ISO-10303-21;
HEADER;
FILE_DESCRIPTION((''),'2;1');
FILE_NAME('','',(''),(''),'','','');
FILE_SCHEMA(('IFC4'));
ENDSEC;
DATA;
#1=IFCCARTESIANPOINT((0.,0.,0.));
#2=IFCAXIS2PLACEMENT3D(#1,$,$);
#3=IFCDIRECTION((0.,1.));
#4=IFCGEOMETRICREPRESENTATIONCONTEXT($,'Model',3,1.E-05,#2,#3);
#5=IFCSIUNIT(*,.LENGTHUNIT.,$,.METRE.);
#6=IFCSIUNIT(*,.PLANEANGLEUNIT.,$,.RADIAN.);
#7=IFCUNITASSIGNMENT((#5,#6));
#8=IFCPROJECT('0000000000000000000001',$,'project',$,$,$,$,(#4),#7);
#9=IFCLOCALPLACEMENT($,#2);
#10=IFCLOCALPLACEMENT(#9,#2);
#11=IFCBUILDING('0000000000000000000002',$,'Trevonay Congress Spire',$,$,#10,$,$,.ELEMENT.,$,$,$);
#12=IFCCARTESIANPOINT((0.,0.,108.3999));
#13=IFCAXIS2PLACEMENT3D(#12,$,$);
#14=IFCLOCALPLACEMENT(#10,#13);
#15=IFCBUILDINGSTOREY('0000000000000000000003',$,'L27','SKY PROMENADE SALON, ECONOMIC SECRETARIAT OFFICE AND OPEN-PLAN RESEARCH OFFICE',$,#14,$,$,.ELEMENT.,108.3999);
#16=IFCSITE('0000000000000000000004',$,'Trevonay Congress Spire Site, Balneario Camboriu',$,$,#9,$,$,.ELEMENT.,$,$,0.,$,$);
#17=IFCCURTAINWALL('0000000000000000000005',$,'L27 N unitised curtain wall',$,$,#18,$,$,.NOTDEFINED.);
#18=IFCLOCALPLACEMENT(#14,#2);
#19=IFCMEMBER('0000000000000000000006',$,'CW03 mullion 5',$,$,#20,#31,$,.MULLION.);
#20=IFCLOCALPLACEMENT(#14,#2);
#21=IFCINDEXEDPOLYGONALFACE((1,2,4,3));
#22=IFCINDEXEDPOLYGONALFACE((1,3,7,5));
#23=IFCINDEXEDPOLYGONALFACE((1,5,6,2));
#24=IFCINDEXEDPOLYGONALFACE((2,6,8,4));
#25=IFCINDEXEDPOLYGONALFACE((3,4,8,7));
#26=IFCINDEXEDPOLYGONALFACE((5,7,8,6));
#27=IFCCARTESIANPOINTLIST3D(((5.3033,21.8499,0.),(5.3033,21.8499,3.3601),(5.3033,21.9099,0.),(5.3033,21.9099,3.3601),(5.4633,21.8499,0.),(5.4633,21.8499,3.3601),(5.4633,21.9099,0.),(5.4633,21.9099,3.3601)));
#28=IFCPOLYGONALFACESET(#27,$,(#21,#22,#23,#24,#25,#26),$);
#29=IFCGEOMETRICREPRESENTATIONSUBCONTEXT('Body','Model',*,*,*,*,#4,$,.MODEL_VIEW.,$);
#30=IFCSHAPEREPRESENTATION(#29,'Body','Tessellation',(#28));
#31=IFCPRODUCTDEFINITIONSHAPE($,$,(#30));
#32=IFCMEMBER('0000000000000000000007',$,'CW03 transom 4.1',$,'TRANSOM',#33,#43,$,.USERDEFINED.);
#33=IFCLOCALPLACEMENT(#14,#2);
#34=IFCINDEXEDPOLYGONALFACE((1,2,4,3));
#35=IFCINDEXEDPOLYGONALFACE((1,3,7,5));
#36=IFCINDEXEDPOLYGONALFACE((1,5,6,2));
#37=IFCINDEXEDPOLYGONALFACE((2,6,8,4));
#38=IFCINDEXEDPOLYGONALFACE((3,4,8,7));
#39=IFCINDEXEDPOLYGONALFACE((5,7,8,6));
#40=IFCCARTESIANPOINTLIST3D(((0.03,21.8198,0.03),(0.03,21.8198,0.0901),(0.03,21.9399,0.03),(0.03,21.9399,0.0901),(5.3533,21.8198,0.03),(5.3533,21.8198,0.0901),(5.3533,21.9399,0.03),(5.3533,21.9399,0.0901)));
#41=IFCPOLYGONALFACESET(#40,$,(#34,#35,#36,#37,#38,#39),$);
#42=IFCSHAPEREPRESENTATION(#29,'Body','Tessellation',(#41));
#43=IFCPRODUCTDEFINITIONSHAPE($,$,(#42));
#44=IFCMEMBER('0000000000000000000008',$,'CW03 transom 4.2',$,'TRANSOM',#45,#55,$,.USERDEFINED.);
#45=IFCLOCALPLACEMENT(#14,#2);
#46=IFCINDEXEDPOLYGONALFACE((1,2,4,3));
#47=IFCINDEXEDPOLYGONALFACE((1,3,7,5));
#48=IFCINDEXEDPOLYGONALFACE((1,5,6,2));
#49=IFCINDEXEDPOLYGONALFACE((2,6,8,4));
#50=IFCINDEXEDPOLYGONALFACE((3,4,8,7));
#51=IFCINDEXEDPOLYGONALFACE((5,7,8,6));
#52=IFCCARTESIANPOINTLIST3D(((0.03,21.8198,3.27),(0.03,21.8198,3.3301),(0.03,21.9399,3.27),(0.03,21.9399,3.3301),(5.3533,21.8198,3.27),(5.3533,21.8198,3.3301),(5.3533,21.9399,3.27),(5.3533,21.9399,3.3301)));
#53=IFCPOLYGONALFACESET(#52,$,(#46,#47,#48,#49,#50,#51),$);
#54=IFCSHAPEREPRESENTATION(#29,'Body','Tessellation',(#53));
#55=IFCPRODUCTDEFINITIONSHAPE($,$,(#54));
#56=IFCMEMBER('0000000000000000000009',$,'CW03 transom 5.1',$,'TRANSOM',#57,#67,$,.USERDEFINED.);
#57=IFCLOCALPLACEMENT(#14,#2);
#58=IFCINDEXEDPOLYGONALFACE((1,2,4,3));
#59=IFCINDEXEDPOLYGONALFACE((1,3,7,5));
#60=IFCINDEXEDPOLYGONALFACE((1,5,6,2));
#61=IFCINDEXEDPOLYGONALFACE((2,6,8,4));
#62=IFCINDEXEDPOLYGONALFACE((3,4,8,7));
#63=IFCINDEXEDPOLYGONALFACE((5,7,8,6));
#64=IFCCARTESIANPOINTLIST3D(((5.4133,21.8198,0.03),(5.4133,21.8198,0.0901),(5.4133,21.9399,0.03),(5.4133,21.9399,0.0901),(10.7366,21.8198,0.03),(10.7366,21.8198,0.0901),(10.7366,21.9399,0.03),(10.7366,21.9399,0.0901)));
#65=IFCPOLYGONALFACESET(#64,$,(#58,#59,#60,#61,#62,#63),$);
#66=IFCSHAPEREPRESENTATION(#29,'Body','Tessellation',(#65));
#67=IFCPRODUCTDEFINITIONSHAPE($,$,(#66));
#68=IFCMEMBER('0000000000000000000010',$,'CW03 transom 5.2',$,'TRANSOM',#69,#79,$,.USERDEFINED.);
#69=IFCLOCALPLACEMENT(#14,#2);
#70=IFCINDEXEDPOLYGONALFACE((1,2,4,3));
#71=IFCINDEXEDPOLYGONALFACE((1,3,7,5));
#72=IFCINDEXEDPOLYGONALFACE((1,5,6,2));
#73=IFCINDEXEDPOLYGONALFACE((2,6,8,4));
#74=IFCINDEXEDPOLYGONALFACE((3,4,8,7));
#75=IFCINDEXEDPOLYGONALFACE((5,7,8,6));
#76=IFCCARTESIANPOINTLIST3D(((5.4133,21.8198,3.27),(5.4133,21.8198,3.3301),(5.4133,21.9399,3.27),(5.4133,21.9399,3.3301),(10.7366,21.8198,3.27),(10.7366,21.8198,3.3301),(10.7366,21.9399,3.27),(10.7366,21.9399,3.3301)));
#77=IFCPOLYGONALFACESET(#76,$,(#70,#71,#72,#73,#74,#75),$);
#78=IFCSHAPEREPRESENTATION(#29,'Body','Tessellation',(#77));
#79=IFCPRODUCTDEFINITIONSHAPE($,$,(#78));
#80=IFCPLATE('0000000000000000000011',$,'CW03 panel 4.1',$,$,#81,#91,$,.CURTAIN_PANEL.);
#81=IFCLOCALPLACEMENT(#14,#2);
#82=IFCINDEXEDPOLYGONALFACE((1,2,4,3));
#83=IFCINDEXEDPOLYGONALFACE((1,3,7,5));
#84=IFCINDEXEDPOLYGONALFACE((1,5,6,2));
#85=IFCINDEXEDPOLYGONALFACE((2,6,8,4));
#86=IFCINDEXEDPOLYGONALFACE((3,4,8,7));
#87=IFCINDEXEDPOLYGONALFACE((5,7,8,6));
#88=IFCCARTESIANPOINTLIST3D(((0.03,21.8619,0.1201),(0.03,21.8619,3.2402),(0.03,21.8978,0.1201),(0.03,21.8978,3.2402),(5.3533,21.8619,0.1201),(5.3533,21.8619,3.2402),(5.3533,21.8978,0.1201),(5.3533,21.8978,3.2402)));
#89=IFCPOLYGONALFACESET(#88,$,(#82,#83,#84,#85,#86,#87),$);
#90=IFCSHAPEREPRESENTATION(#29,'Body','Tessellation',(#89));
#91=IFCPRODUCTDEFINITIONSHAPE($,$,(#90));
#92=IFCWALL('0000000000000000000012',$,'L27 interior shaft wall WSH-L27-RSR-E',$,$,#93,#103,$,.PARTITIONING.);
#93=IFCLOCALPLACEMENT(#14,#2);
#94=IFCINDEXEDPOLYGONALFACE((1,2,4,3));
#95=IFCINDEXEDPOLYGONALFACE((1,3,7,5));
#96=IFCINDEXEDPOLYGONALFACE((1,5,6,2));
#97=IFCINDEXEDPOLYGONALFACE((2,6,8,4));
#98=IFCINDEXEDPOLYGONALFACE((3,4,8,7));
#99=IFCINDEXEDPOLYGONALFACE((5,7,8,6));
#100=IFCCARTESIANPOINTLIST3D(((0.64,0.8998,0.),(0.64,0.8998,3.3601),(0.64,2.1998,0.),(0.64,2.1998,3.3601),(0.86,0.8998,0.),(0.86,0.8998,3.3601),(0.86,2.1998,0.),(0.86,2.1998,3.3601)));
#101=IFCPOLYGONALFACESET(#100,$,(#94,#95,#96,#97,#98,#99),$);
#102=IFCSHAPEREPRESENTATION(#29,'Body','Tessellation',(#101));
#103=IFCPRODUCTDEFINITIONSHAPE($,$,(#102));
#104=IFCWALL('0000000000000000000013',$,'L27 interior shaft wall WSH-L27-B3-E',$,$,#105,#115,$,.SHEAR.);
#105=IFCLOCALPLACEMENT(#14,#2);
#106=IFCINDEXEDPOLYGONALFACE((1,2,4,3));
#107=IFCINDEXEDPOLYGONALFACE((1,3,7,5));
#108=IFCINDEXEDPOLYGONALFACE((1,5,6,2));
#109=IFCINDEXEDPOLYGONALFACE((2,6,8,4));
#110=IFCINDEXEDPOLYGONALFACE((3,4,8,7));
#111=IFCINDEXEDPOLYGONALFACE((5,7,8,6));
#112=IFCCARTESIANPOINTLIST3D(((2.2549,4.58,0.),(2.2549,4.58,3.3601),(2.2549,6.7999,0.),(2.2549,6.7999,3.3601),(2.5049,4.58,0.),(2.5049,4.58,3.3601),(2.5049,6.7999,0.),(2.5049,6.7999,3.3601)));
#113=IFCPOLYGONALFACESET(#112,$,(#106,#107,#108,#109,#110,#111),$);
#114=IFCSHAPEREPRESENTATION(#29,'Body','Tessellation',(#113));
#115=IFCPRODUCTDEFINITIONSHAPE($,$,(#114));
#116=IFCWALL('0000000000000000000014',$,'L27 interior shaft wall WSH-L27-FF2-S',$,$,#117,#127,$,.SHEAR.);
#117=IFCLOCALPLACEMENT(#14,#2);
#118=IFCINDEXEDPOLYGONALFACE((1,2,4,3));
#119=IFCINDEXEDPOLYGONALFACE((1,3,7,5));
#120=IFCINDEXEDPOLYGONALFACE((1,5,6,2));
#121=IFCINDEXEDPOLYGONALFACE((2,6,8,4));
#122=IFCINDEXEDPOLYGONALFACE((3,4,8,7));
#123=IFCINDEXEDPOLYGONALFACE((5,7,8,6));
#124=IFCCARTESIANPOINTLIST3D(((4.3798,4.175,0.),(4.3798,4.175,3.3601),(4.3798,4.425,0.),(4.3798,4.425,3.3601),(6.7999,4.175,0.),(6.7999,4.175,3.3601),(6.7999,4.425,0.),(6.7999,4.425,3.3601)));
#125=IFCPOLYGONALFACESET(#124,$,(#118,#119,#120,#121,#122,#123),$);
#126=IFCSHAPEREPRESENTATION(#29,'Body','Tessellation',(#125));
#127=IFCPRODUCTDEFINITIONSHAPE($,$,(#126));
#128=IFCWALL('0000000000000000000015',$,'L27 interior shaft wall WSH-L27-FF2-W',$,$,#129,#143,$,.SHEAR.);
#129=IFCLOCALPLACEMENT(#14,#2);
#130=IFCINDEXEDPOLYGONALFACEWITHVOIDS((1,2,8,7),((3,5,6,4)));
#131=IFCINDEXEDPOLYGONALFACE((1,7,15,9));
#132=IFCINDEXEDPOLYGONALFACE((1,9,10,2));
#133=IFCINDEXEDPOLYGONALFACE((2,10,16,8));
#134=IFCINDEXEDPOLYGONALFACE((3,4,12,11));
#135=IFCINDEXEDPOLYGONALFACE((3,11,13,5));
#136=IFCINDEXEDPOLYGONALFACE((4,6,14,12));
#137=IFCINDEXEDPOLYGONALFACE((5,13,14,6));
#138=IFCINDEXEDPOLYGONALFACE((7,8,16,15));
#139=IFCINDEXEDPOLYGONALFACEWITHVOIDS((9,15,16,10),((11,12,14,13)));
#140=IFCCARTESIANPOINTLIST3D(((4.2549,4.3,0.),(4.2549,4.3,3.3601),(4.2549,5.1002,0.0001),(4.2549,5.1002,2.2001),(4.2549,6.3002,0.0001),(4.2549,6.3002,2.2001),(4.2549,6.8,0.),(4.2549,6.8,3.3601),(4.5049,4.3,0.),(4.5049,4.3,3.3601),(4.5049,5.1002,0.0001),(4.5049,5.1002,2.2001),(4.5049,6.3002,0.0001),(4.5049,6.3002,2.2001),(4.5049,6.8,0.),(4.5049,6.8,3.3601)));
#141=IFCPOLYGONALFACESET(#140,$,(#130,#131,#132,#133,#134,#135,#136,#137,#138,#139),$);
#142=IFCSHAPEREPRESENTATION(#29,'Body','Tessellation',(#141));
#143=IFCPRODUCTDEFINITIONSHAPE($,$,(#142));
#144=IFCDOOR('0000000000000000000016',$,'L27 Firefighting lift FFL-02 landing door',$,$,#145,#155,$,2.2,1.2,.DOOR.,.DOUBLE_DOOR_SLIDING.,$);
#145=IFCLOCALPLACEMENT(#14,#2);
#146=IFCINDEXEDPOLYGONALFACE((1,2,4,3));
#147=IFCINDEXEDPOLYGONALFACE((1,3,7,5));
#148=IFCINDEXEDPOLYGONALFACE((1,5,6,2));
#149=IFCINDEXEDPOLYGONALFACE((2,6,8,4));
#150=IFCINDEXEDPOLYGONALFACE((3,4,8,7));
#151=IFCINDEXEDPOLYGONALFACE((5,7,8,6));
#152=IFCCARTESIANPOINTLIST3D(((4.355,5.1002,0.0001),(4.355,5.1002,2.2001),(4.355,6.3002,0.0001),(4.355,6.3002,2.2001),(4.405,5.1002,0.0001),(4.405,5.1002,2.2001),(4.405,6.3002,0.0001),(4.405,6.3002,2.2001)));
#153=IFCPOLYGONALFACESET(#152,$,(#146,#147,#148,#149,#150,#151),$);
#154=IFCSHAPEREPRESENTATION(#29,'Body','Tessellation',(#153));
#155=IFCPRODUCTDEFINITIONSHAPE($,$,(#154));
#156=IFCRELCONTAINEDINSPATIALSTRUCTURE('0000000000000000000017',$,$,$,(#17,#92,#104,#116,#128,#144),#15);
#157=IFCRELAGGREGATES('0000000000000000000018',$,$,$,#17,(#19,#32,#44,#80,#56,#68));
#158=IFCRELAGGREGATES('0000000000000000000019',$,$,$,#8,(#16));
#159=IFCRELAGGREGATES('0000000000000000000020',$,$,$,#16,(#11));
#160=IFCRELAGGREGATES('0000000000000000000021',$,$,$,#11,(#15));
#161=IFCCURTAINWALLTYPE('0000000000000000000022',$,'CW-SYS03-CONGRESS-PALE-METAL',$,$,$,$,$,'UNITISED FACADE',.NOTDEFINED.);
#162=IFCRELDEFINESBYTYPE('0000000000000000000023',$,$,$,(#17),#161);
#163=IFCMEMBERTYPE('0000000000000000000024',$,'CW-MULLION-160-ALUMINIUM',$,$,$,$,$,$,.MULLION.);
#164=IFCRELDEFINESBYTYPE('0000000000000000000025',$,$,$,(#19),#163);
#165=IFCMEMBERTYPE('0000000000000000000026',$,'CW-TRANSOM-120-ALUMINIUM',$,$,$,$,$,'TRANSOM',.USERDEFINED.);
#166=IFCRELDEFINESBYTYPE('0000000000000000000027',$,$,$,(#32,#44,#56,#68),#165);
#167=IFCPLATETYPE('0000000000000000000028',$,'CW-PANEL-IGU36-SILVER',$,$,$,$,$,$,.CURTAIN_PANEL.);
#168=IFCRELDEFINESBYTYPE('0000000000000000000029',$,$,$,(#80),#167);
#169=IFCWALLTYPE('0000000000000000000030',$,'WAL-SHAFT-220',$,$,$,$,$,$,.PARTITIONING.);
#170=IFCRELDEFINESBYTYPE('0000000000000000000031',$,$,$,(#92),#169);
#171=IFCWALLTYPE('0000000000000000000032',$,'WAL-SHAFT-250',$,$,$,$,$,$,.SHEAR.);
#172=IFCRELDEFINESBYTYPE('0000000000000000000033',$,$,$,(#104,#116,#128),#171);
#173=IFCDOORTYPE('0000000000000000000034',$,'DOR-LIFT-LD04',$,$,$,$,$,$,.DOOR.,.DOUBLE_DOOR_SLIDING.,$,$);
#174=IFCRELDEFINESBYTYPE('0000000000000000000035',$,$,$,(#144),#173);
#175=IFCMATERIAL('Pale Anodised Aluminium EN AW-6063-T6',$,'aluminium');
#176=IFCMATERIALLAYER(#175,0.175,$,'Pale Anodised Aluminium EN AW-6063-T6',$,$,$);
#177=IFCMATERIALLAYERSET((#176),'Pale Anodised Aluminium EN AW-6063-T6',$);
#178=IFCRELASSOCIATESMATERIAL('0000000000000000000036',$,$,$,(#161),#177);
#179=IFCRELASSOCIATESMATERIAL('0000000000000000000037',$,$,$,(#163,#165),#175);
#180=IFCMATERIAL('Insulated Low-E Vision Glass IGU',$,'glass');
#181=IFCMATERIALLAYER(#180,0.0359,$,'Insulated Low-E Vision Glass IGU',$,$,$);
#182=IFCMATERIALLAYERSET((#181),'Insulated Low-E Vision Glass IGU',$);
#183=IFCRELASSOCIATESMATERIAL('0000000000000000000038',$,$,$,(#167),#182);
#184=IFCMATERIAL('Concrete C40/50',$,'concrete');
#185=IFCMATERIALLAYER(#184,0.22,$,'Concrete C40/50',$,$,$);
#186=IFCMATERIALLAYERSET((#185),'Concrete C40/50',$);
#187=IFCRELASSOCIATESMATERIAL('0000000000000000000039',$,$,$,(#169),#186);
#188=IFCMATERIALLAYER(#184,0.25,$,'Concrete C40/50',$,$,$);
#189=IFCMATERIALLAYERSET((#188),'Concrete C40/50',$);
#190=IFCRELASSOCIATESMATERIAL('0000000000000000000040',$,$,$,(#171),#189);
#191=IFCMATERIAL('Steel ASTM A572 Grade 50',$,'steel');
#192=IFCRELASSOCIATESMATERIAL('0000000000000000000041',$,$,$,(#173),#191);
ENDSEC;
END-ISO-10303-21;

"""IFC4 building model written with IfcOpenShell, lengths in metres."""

from ifc_helpers import new_model, si_unit, direction, frame, frame_2d, origin, origin_2d, place, context, subcontext, project, spatial, rectangle, extrude, material, layer, layer_set, material_profile, profile_set, type_object, element, fill, aggregate, save


model = new_model("IFC4")

# Units and contexts
model_context = context("Model", 3, precision=1e-05, world=origin(), true_north=direction((0.0, 1.0)))
body_context = subcontext(model_context, "Body", "Model", "MODEL_VIEW")
ifc_project = project(units=[si_unit("LENGTHUNIT", "METRE"), si_unit("PLANEANGLEUNIT", "RADIAN")], contexts=[model_context])

# Site, building, storey
site_placement = place(None, origin())
site = spatial("IfcSite", under=ifc_project, at=site_placement, Name="Trevonay Congress Spire Site, Balneario Camboriu", CompositionType="ELEMENT", RefElevation=0.0)
building_placement = place(site_placement, origin())
building = spatial("IfcBuilding", under=site, at=building_placement, Name="Trevonay Congress Spire", CompositionType="ELEMENT")
storey_placement = place(building_placement, frame((0.0, 0.0, 108.3999)))
storey = spatial("IfcBuildingStorey", under=building, at=storey_placement, Name="L27", Description="SKY PROMENADE SALON, ECONOMIC SECRETARIAT OFFICE AND OPEN-PLAN RESEARCH OFFICE", CompositionType="ELEMENT", Elevation=108.3999)

# Shared definitions
ifc_material_1 = material(Name="Steel ASTM A572 Grade 50", Category="steel")

# Curtain wall, members, plate
ifc_material_2 = material(Name="Pale Anodised Aluminium EN AW-6063-T6", Category="aluminium")
ifc_layer_1 = layer(ifc_material_2, 0.175, Name="Pale Anodised Aluminium EN AW-6063-T6")
ifc_layer_set_1 = layer_set([ifc_layer_1], Name="Pale Anodised Aluminium EN AW-6063-T6")
curtain_wall_type = type_object("IfcCurtainWallType", Name="CW-SYS03-CONGRESS-PALE-METAL", ElementType="UNITISED FACADE", PredefinedType="NOTDEFINED", material=ifc_layer_set_1)
curtain_wall_placement = place(storey_placement, origin())
curtain_wall = element("IfcCurtainWall", 1, at=curtain_wall_placement, inside=storey, type_object=curtain_wall_type, Name="L27 N unitised curtain wall", PredefinedType="NOTDEFINED")
ifc_material_profile_1 = material_profile(ifc_material_2, rectangle(XDim=0.0601, YDim=0.1599, at=origin_2d()), Name="CW-MULLION-160-ALUMINIUM")
ifc_profile_set_1 = profile_set([ifc_material_profile_1], Name="Pale Anodised Aluminium EN AW-6063-T6")
member_type_1 = type_object("IfcMemberType", Name="CW-MULLION-160-ALUMINIUM", PredefinedType="MULLION", material=ifc_profile_set_1)
member_1_placement = place(storey_placement, frame((5.3833, 21.8799, 0.0), z_axis=(0.0, 0.0, 1.0), x_axis=(0.0, 1.0, 0.0)))
member_1 = element("IfcMember", 2, at=member_1_placement, type_object=member_type_1, Name="CW03 mullion 5", PredefinedType="MULLION", context=body_context, shape_type="SweptSolid", body=[
    extrude(rectangle(XDim=0.0601, YDim=0.1599, at=origin_2d()), origin(), (0.0, 0.0, 1.0), 3.3601),
])
ifc_material_profile_2 = material_profile(ifc_material_2, rectangle(XDim=0.1201, YDim=0.0601, at=origin_2d()), Name="CW-TRANSOM-120-ALUMINIUM")
ifc_profile_set_2 = profile_set([ifc_material_profile_2], Name="Pale Anodised Aluminium EN AW-6063-T6")
member_type_2 = type_object("IfcMemberType", Name="CW-TRANSOM-120-ALUMINIUM", ElementType="TRANSOM", PredefinedType="USERDEFINED", material=ifc_profile_set_2)
member_2_placement = place(storey_placement, frame((0.03, 21.8799, 0.0601), z_axis=(1.0, 0.0, 0.0), x_axis=(0.0, 1.0, 0.0)))
member_2 = element("IfcMember", 3, at=member_2_placement, type_object=member_type_2, Name="CW03 transom 4.1", ObjectType="TRANSOM", PredefinedType="USERDEFINED", context=body_context, shape_type="SweptSolid", body=[
    extrude(rectangle(XDim=0.1201, YDim=0.0601, at=origin_2d()), origin(), (0.0, 0.0, 1.0), 5.3232),
])
member_3_placement = place(storey_placement, frame((0.03, 21.8799, 3.3), z_axis=(1.0, 0.0, 0.0), x_axis=(0.0, 1.0, 0.0)))
member_3 = element("IfcMember", 4, at=member_3_placement, type_object=member_type_2, Name="CW03 transom 4.2", ObjectType="TRANSOM", PredefinedType="USERDEFINED", context=body_context, shape_type="SweptSolid", body=[
    extrude(rectangle(XDim=0.1201, YDim=0.0601, at=origin_2d()), origin(), (0.0, 0.0, 1.0), 5.3232),
])
member_4_placement = place(storey_placement, frame((5.4133, 21.8799, 0.0601), z_axis=(1.0, 0.0, 0.0), x_axis=(0.0, 1.0, 0.0)))
member_4 = element("IfcMember", 5, at=member_4_placement, type_object=member_type_2, Name="CW03 transom 5.1", ObjectType="TRANSOM", PredefinedType="USERDEFINED", context=body_context, shape_type="SweptSolid", body=[
    extrude(rectangle(XDim=0.1201, YDim=0.0601, at=origin_2d()), origin(), (0.0, 0.0, 1.0), 5.3232),
])
member_5_placement = place(storey_placement, frame((5.4133, 21.8799, 3.3), z_axis=(1.0, 0.0, 0.0), x_axis=(0.0, 1.0, 0.0)))
member_5 = element("IfcMember", 6, at=member_5_placement, type_object=member_type_2, Name="CW03 transom 5.2", ObjectType="TRANSOM", PredefinedType="USERDEFINED", context=body_context, shape_type="SweptSolid", body=[
    extrude(rectangle(XDim=0.1201, YDim=0.0601, at=origin_2d()), origin(), (0.0, 0.0, 1.0), 5.3232),
])
ifc_material_3 = material(Name="Insulated Low-E Vision Glass IGU", Category="glass")
ifc_layer_2 = layer(ifc_material_3, 0.0359, Name="Insulated Low-E Vision Glass IGU")
ifc_layer_set_2 = layer_set([ifc_layer_2], Name="Insulated Low-E Vision Glass IGU")
plate_type = type_object("IfcPlateType", Name="CW-PANEL-IGU36-SILVER", PredefinedType="CURTAIN_PANEL", material=ifc_layer_set_2)
plate_placement = place(storey_placement, frame((2.6917, 21.8799, 0.1201), z_axis=(0.0, 0.0, 1.0), x_axis=(1.0, 0.0, 0.0)))
plate = element("IfcPlate", 7, at=plate_placement, type_object=plate_type, Name="CW03 panel 4.1", PredefinedType="CURTAIN_PANEL", context=body_context, shape_type="SweptSolid", body=[
    extrude(rectangle(XDim=5.3232, YDim=0.0359, at=origin_2d()), origin(), (0.0, 0.0, 1.0), 3.1201),
])
aggregate(curtain_wall, [member_1, member_2, member_3, plate, member_4, member_5])

# Walls
ifc_material_4 = material(Name="Concrete C40/50", Category="concrete")
ifc_layer_3 = layer(ifc_material_4, 0.22, Name="Concrete C40/50")
ifc_layer_set_3 = layer_set([ifc_layer_3], Name="Concrete C40/50")
wall_type_1 = type_object("IfcWallType", Name="WAL-SHAFT-220", PredefinedType="PARTITIONING", material=ifc_layer_set_3)
wall_1_placement = place(storey_placement, frame((0.75, 0.8999, 0.0), z_axis=(0.0, 0.0, 1.0), x_axis=(0.0, 1.0, 0.0)))
element("IfcWall", 8, at=wall_1_placement, inside=storey, type_object=wall_type_1, Name="L27 interior shaft wall WSH-L27-RSR-E", PredefinedType="PARTITIONING", context=body_context, shape_type="SweptSolid", body=[
    extrude(rectangle(XDim=1.3, YDim=0.22, at=frame_2d((0.6499, 0.0))), origin(), (0.0, 0.0, 1.0), 3.3601),
])
ifc_layer_4 = layer(ifc_material_4, 0.25, Name="Concrete C40/50")
ifc_layer_set_4 = layer_set([ifc_layer_4], Name="Concrete C40/50")
wall_type_2 = type_object("IfcWallType", Name="WAL-SHAFT-250", PredefinedType="SHEAR", material=ifc_layer_set_4)
wall_2_placement = place(storey_placement, frame((2.3799, 4.5801, 0.0), z_axis=(0.0, 0.0, 1.0), x_axis=(0.0, 1.0, 0.0)))
element("IfcWall", 9, at=wall_2_placement, inside=storey, type_object=wall_type_2, Name="L27 interior shaft wall WSH-L27-B3-E", PredefinedType="SHEAR", context=body_context, shape_type="SweptSolid", body=[
    extrude(rectangle(XDim=2.22, YDim=0.25, at=frame_2d((1.1099, 0.0))), origin(), (0.0, 0.0, 1.0), 3.3601),
])
wall_3_placement = place(storey_placement, frame((4.3799, 4.3, 0.0), z_axis=(0.0, 0.0, 1.0), x_axis=(1.0, 0.0, 0.0)))
element("IfcWall", 10, at=wall_3_placement, inside=storey, type_object=wall_type_2, Name="L27 interior shaft wall WSH-L27-FF2-S", PredefinedType="SHEAR", context=body_context, shape_type="SweptSolid", body=[
    extrude(rectangle(XDim=2.4202, YDim=0.25, at=frame_2d((1.21, 0.0))), origin(), (0.0, 0.0, 1.0), 3.3601),
])

# Wall, opening, door
wall_4_placement = place(storey_placement, frame((4.3799, 4.3, 0.0), z_axis=(0.0, 0.0, 1.0), x_axis=(0.0, 1.0, 0.0)))
wall_4 = element("IfcWall", 11, at=wall_4_placement, inside=storey, type_object=wall_type_2, Name="L27 interior shaft wall WSH-L27-FF2-W", PredefinedType="SHEAR", context=body_context, shape_type="SweptSolid", body=[
    extrude(rectangle(XDim=2.5, YDim=0.25, at=frame_2d((1.25, 0.0))), origin(), (0.0, 0.0, 1.0), 3.3601),
])
opening_1_placement = place(wall_4_placement, frame((0.8, 0.0, 0.0)))
opening_1 = element("IfcOpeningElement", 12, at=opening_1_placement, cuts=wall_4, PredefinedType="OPENING", context=body_context, shape_type="SweptSolid", body=[
    extrude(rectangle(XDim=1.2, YDim=2.2, at=frame_2d((0.6001, 1.1001))), frame((0.0, 0.135, 0.0), z_axis=(0.0, -1.0, 0.0), x_axis=(1.0, 0.0, 0.0)), (0.0, 0.0, 1.0), 0.27),
])
door_type_1 = type_object("IfcDoorType", Name="DOR-LIFT-LD04", OperationType="DOUBLE_DOOR_SLIDING", PredefinedType="DOOR", material=ifc_material_1)
door_1_placement = place(opening_1_placement, origin())
door_1 = element("IfcDoor", 13, at=door_1_placement, inside=storey, type_object=door_type_1, Name="L27 Firefighting lift FFL-02 landing door", OperationType="DOUBLE_DOOR_SLIDING", OverallHeight=2.2, OverallWidth=1.2, PredefinedType="DOOR", context=body_context, shape_type="SweptSolid", body=[
    extrude(rectangle(XDim=1.2, YDim=2.2, at=frame_2d((0.6001, 1.1001))), frame((0.0, 0.0249, 0.0), z_axis=(0.0, -1.0, 0.0), x_axis=(1.0, 0.0, 0.0)), (0.0, 0.0, 1.0), 0.05),
])
fill(opening_1, door_1)

save(model, "model.ifc")
